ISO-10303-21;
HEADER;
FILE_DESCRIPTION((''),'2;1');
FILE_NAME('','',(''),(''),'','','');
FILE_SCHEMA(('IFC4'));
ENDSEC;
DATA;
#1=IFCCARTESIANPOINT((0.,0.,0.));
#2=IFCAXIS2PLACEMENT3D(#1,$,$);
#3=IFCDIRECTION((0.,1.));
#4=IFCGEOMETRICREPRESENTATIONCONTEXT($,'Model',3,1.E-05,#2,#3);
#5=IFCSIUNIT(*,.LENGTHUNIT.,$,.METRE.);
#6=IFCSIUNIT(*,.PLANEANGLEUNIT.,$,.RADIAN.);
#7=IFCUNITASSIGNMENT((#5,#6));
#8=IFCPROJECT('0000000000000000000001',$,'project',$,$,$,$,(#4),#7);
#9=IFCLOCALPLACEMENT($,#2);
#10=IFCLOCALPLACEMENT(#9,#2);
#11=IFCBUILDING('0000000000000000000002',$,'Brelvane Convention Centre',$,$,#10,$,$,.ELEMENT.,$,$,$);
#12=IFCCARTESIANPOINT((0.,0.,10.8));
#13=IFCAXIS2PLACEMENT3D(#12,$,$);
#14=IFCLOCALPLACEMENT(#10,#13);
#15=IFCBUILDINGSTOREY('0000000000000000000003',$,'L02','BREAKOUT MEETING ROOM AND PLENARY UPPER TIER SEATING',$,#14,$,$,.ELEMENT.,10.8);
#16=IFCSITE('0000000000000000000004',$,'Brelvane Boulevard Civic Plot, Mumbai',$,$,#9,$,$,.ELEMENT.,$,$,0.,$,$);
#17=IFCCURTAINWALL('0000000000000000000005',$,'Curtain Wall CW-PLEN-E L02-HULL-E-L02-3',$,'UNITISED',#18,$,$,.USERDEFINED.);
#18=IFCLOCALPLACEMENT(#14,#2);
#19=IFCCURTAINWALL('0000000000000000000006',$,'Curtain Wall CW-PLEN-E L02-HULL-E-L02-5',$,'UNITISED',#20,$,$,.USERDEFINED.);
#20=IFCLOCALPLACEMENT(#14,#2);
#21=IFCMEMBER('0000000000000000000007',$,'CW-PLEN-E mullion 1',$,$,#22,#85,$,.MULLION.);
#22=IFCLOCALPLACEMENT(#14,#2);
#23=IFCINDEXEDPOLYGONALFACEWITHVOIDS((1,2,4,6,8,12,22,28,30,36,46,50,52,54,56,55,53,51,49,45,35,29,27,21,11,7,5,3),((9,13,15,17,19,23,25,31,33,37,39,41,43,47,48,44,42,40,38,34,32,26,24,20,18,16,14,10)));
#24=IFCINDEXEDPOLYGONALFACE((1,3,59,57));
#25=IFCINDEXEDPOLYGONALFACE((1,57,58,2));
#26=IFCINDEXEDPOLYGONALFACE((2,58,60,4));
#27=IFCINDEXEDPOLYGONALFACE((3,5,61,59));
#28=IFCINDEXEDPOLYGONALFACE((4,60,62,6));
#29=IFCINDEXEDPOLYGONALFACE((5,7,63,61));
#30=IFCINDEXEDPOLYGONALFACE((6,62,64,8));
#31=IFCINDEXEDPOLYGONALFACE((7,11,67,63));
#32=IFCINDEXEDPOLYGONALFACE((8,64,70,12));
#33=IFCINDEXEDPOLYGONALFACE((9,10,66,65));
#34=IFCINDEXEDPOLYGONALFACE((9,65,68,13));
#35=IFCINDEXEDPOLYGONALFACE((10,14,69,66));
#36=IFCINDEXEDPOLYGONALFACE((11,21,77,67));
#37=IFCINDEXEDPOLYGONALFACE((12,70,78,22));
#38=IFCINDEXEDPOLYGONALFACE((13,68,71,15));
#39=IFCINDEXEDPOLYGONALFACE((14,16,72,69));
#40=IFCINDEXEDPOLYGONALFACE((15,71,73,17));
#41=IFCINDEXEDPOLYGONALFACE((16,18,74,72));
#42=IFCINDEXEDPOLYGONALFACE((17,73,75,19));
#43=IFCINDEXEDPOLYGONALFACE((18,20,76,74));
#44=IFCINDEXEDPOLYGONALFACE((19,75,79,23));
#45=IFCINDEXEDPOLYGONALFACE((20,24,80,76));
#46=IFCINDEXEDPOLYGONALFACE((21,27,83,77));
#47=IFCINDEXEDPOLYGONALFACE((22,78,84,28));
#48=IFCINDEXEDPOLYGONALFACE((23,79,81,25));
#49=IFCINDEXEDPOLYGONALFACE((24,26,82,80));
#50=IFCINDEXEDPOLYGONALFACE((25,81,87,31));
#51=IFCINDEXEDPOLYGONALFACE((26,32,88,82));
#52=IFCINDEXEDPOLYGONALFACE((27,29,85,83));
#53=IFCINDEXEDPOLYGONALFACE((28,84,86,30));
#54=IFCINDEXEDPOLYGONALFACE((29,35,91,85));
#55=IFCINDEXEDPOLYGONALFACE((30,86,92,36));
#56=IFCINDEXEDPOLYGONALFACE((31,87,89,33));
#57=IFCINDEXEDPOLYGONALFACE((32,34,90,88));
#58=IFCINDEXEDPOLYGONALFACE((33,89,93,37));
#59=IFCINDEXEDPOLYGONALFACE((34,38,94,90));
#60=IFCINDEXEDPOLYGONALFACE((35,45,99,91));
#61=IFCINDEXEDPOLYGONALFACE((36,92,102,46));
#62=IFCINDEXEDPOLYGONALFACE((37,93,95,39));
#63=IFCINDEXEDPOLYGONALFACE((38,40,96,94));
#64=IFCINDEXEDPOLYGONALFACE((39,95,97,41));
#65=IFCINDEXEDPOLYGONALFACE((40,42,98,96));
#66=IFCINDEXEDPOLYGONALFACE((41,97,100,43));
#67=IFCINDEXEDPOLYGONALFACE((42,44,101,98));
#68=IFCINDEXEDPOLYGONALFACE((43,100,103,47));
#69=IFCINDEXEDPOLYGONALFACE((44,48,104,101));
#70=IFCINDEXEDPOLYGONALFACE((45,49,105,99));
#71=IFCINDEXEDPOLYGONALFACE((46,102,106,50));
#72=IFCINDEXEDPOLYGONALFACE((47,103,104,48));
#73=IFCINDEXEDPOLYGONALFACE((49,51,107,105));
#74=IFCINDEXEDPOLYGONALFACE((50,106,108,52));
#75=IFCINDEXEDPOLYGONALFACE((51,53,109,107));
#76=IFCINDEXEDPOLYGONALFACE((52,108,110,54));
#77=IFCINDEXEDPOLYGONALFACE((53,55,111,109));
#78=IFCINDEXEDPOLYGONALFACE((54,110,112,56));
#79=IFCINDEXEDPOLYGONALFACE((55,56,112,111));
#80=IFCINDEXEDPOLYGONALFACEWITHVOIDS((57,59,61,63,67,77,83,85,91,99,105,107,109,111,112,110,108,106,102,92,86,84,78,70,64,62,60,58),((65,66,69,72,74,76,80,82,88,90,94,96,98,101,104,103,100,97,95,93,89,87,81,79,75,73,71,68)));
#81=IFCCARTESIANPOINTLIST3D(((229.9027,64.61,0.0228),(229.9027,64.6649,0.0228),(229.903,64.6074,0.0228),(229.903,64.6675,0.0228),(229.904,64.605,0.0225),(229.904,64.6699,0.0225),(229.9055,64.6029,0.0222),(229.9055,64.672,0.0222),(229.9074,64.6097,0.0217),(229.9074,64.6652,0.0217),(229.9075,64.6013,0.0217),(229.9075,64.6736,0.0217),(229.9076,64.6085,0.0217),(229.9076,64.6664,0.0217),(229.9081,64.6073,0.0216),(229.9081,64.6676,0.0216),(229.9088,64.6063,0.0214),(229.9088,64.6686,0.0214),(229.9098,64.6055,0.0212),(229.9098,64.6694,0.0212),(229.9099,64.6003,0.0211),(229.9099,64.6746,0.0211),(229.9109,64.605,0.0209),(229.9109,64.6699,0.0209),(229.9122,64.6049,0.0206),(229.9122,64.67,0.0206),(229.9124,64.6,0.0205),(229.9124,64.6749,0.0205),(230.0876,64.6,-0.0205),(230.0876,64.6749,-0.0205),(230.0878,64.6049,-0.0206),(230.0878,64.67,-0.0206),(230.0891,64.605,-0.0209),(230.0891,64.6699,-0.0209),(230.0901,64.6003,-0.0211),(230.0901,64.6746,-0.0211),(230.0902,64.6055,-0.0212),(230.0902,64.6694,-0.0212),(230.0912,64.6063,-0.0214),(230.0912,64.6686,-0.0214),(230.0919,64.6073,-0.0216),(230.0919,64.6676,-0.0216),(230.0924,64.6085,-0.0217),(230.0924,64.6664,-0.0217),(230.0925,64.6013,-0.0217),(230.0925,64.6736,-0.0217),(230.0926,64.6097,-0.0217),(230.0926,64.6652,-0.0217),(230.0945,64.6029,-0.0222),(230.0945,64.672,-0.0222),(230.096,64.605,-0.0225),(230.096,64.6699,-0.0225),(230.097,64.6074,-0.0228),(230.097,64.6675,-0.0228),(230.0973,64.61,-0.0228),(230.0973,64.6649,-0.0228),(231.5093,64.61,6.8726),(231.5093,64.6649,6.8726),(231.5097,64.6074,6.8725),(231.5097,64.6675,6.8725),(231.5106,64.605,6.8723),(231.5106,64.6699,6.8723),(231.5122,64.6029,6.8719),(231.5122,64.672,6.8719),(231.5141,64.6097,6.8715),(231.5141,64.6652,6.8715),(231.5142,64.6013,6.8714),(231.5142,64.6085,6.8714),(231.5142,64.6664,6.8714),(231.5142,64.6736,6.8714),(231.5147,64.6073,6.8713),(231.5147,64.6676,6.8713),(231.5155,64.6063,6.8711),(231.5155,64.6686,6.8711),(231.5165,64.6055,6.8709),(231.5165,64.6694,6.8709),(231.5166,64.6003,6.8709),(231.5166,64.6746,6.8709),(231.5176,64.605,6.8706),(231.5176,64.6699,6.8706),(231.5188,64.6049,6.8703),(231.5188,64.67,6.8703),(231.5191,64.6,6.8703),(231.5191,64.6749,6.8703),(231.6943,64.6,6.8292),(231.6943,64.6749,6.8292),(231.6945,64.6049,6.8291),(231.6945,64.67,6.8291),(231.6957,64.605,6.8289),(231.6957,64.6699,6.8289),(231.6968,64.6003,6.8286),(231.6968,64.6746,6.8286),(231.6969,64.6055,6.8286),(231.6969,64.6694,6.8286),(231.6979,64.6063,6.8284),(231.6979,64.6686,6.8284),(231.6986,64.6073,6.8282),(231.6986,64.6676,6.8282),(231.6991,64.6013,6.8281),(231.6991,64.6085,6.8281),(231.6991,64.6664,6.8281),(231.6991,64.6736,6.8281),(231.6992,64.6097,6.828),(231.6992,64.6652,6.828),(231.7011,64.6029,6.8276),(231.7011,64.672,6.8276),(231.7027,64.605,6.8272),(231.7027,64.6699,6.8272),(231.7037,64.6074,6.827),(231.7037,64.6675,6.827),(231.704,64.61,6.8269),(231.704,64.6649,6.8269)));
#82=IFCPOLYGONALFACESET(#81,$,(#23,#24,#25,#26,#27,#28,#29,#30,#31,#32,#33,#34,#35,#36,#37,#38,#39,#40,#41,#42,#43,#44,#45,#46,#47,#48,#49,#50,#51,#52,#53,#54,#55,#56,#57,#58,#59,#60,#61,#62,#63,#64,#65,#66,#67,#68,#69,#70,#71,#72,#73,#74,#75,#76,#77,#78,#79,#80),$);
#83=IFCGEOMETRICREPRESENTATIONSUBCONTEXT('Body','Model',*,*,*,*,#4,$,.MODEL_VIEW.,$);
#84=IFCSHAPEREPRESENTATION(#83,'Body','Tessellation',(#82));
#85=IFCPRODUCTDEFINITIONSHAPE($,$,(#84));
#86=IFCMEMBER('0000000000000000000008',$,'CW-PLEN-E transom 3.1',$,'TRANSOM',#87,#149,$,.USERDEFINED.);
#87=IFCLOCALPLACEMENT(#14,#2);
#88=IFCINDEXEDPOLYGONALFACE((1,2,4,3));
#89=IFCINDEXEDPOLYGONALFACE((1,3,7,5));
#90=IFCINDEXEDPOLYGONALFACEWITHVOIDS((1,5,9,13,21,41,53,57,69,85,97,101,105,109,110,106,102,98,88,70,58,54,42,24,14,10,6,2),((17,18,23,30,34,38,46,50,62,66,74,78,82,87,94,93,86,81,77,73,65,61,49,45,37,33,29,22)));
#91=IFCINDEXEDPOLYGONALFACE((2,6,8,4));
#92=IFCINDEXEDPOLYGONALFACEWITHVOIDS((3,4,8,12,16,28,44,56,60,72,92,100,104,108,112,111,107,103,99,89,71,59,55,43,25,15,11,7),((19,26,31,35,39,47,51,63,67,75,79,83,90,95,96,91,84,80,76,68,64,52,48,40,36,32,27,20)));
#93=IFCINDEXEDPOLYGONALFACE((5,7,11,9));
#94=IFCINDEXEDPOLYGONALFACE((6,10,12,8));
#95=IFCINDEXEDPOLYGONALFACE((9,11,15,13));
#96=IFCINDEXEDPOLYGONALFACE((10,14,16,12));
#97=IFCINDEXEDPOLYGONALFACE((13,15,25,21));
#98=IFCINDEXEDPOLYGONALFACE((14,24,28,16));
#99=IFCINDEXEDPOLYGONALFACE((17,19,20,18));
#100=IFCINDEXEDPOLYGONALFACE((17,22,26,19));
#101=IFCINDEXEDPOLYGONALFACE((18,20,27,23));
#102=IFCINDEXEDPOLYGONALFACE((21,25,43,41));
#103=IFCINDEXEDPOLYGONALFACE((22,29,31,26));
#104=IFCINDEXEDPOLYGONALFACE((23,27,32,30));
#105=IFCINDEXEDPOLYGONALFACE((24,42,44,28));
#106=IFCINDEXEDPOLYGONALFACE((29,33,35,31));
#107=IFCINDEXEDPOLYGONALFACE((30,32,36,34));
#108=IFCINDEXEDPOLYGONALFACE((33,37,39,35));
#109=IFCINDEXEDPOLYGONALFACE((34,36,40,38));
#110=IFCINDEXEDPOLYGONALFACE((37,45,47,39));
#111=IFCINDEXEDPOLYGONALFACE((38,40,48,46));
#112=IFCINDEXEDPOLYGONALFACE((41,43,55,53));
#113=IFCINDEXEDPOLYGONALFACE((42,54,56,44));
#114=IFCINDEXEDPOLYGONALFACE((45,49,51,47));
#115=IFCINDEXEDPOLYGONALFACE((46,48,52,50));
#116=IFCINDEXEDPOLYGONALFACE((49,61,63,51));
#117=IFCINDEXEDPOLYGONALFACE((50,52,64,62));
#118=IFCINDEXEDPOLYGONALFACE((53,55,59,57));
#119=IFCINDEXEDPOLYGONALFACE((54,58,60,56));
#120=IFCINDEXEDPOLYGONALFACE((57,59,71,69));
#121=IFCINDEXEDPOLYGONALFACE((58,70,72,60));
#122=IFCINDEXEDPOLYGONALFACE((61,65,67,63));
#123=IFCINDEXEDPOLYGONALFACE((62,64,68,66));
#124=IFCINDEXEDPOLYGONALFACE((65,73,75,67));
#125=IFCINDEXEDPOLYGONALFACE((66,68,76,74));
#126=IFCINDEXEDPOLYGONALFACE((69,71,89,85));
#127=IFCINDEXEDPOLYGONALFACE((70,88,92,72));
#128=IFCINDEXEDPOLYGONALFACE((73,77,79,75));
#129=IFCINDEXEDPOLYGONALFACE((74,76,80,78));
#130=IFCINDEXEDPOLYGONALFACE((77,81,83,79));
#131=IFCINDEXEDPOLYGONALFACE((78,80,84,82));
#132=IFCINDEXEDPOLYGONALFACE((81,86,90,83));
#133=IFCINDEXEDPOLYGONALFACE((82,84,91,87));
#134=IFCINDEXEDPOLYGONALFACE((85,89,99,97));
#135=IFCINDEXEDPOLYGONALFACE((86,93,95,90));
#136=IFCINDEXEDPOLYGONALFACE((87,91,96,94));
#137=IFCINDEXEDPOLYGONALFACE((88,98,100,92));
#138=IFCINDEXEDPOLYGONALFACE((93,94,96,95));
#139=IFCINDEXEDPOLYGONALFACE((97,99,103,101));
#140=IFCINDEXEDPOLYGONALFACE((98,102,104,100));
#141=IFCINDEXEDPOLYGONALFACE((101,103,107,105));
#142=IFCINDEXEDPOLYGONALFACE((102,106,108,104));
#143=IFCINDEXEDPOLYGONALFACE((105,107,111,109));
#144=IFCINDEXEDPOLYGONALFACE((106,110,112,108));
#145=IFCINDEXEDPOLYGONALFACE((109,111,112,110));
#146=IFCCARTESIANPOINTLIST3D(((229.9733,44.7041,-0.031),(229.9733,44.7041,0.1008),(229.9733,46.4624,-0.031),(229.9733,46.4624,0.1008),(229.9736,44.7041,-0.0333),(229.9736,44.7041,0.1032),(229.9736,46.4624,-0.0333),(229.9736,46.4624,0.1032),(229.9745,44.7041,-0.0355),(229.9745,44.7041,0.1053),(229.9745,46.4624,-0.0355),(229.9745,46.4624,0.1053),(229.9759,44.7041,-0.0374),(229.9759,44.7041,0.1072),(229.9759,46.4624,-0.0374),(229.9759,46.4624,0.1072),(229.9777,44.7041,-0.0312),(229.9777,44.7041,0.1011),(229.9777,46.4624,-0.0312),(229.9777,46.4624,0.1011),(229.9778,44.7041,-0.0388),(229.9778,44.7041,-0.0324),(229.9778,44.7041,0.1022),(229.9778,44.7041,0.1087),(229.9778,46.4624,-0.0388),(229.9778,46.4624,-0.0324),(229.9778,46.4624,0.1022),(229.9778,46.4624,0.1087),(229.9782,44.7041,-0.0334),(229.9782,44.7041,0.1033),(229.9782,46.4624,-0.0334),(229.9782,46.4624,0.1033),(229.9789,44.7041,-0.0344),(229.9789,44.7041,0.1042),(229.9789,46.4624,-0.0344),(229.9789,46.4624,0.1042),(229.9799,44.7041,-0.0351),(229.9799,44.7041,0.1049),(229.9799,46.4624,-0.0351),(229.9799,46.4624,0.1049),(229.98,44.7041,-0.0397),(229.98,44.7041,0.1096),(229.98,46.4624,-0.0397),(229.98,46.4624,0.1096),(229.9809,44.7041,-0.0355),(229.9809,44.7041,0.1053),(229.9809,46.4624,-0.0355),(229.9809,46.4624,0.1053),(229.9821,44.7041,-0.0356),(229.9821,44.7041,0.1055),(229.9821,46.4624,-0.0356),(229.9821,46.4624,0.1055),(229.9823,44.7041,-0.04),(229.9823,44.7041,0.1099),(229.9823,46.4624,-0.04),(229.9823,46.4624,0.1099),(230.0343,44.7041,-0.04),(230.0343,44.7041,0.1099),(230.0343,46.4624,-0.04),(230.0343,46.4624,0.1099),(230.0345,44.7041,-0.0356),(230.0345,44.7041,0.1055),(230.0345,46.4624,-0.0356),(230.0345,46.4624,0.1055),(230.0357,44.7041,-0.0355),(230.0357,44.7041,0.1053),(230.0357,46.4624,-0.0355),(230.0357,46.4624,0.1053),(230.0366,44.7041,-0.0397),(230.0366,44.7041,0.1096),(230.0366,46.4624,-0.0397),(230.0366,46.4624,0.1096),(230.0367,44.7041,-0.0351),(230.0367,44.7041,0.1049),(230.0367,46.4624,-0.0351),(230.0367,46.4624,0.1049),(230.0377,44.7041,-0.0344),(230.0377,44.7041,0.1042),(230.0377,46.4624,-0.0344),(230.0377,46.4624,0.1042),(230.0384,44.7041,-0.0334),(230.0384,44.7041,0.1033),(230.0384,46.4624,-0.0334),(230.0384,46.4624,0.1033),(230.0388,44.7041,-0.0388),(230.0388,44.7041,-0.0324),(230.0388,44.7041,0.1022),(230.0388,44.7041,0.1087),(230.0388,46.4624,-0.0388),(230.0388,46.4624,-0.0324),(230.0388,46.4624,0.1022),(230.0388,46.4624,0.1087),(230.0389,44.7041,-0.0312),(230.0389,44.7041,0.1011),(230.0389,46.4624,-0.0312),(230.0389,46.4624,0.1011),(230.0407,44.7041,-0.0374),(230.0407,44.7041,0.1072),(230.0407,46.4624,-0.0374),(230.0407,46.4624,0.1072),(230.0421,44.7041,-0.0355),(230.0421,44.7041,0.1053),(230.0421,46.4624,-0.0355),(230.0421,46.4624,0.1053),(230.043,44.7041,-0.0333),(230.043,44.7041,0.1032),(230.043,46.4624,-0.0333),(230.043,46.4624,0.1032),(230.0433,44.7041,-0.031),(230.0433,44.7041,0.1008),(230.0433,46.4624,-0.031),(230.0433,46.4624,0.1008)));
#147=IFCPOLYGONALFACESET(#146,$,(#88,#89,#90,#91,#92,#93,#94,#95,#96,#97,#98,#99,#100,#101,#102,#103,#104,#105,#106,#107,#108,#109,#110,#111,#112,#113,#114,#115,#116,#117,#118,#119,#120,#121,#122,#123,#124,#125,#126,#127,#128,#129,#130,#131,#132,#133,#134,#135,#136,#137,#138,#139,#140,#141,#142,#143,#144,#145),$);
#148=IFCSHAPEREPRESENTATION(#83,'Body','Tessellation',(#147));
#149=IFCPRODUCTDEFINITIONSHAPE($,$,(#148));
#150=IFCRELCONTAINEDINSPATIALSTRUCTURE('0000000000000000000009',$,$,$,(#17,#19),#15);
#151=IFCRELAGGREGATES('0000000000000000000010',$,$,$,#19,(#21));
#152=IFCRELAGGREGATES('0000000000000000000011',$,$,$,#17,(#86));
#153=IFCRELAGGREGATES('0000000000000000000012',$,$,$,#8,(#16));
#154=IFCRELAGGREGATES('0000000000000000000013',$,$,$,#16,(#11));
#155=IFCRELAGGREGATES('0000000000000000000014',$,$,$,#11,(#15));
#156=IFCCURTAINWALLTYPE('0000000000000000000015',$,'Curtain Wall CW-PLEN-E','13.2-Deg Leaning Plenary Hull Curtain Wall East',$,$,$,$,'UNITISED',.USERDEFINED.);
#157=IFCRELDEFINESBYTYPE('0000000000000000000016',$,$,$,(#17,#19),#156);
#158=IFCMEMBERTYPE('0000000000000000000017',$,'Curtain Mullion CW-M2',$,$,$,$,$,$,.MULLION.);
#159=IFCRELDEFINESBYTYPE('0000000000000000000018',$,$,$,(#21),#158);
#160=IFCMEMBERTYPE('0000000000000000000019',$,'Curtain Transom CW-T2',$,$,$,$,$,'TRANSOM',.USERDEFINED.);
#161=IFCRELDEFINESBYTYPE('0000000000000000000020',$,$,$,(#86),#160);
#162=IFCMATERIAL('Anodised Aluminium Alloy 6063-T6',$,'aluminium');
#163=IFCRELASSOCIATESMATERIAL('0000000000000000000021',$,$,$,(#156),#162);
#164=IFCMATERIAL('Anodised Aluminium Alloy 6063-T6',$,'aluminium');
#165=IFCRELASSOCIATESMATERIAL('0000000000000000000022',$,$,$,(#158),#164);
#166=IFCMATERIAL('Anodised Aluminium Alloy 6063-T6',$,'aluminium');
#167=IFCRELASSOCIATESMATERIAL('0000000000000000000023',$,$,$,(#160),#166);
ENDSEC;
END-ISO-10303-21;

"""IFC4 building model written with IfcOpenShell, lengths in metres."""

from ifc_helpers import new_model, si_unit, direction, frame, origin, origin_2d, place, context, subcontext, project, spatial, hollow_rectangle, extrude, material, material_profile, profile_set, type_object, element, aggregate, save


model = new_model("IFC4")

# Units and contexts
model_context = context("Model", 3, precision=1e-05, world=origin(), true_north=direction((0.0, 1.0)))
body_context = subcontext(model_context, "Body", "Model", "MODEL_VIEW")
ifc_project = project(units=[si_unit("LENGTHUNIT", "METRE"), si_unit("PLANEANGLEUNIT", "RADIAN")], contexts=[model_context])

# Site, building, storey
site_placement = place(None, origin())
site = spatial("IfcSite", under=ifc_project, at=site_placement, Name="Brelvane Boulevard Civic Plot, Mumbai", CompositionType="ELEMENT", RefElevation=0.0)
building_placement = place(site_placement, origin())
building = spatial("IfcBuilding", under=site, at=building_placement, Name="Brelvane Convention Centre", CompositionType="ELEMENT")
storey_placement = place(building_placement, frame((0.0, 0.0, 10.8)))
storey = spatial("IfcBuildingStorey", under=building, at=storey_placement, Name="L02", Description="BREAKOUT MEETING ROOM AND PLENARY UPPER TIER SEATING", CompositionType="ELEMENT", Elevation=10.8)

# Curtain wall
ifc_material_1 = material(Name="Anodised Aluminium Alloy 6063-T6", Category="aluminium")
curtain_wall_type = type_object("IfcCurtainWallType", Name="Curtain Wall CW-PLEN-E", Description="13.2-Deg Leaning Plenary Hull Curtain Wall East", ElementType="UNITISED", PredefinedType="USERDEFINED", material=ifc_material_1)
curtain_wall_1_placement = place(storey_placement, origin())
curtain_wall_1 = element("IfcCurtainWall", 1, at=curtain_wall_1_placement, inside=storey, type_object=curtain_wall_type, Name="Curtain Wall CW-PLEN-E L02-HULL-E-L02-3", ObjectType="UNITISED", PredefinedType="USERDEFINED")
ifc_material_2 = material(Name="Anodised Aluminium Alloy 6063-T6", Category="aluminium")
ifc_material_profile_1 = material_profile(ifc_material_2, hollow_rectangle(XDim=0.075, YDim=0.2, WallThickness=0.0049, InnerFilletRadius=0.0049, OuterFilletRadius=0.01, at=origin_2d()), Name="ALU-M 200x75x5.0")
ifc_profile_set_1 = profile_set([ifc_material_profile_1], Name="Anodised Aluminium Alloy 6063-T6")
member_type_1 = type_object("IfcMemberType", Name="Curtain Mullion CW-M2", PredefinedType="MULLION", material=ifc_profile_set_1)

# Curtain wall, member
curtain_wall_2_placement = place(storey_placement, origin())
curtain_wall_2 = element("IfcCurtainWall", 2, at=curtain_wall_2_placement, inside=storey, type_object=curtain_wall_type, Name="Curtain Wall CW-PLEN-E L02-HULL-E-L02-5", ObjectType="UNITISED", PredefinedType="USERDEFINED")
member_1_placement = place(storey_placement, frame((230.0, 64.6375, 0.0), z_axis=(0.22836, 0.0, 0.973577), x_axis=(0.0, 1.0, 0.0)))
member_1 = element("IfcMember", 3, at=member_1_placement, type_object=member_type_1, Name="CW-PLEN-E mullion 1", PredefinedType="MULLION", context=body_context, shape_type="SweptSolid", body=[
    extrude(hollow_rectangle(XDim=0.075, YDim=0.2, WallThickness=0.0049, InnerFilletRadius=0.0049, OuterFilletRadius=0.01, at=origin_2d()), origin(), (0.0, 0.0, 1.0), 7.0356),
])
aggregate(curtain_wall_2, [member_1])

# Member
ifc_material_3 = material(Name="Anodised Aluminium Alloy 6063-T6", Category="aluminium")
ifc_material_profile_2 = material_profile(ifc_material_3, hollow_rectangle(XDim=0.0701, YDim=0.1499, WallThickness=0.0044, InnerFilletRadius=0.0044, OuterFilletRadius=0.009, at=origin_2d()), Name="ALU-T 150x70x4.5")
ifc_profile_set_2 = profile_set([ifc_material_profile_2], Name="Anodised Aluminium Alloy 6063-T6")
member_type_2 = type_object("IfcMemberType", Name="Curtain Transom CW-T2", ElementType="TRANSOM", PredefinedType="USERDEFINED", material=ifc_profile_set_2)
member_2_placement = place(storey_placement, frame((230.0083, 44.7041, 0.0349), z_axis=(0.0, 1.0, 0.0), x_axis=(-1.0, 0.0, 0.0)))
member_2 = element("IfcMember", 4, at=member_2_placement, type_object=member_type_2, Name="CW-PLEN-E transom 3.1", ObjectType="TRANSOM", PredefinedType="USERDEFINED", context=body_context, shape_type="SweptSolid", body=[
    extrude(hollow_rectangle(XDim=0.0701, YDim=0.1499, WallThickness=0.0044, InnerFilletRadius=0.0044, OuterFilletRadius=0.009, at=origin_2d()), origin(), (0.0, 0.0, 1.0), 1.7583),
])
aggregate(curtain_wall_1, [member_2])

save(model, "model.ifc")
